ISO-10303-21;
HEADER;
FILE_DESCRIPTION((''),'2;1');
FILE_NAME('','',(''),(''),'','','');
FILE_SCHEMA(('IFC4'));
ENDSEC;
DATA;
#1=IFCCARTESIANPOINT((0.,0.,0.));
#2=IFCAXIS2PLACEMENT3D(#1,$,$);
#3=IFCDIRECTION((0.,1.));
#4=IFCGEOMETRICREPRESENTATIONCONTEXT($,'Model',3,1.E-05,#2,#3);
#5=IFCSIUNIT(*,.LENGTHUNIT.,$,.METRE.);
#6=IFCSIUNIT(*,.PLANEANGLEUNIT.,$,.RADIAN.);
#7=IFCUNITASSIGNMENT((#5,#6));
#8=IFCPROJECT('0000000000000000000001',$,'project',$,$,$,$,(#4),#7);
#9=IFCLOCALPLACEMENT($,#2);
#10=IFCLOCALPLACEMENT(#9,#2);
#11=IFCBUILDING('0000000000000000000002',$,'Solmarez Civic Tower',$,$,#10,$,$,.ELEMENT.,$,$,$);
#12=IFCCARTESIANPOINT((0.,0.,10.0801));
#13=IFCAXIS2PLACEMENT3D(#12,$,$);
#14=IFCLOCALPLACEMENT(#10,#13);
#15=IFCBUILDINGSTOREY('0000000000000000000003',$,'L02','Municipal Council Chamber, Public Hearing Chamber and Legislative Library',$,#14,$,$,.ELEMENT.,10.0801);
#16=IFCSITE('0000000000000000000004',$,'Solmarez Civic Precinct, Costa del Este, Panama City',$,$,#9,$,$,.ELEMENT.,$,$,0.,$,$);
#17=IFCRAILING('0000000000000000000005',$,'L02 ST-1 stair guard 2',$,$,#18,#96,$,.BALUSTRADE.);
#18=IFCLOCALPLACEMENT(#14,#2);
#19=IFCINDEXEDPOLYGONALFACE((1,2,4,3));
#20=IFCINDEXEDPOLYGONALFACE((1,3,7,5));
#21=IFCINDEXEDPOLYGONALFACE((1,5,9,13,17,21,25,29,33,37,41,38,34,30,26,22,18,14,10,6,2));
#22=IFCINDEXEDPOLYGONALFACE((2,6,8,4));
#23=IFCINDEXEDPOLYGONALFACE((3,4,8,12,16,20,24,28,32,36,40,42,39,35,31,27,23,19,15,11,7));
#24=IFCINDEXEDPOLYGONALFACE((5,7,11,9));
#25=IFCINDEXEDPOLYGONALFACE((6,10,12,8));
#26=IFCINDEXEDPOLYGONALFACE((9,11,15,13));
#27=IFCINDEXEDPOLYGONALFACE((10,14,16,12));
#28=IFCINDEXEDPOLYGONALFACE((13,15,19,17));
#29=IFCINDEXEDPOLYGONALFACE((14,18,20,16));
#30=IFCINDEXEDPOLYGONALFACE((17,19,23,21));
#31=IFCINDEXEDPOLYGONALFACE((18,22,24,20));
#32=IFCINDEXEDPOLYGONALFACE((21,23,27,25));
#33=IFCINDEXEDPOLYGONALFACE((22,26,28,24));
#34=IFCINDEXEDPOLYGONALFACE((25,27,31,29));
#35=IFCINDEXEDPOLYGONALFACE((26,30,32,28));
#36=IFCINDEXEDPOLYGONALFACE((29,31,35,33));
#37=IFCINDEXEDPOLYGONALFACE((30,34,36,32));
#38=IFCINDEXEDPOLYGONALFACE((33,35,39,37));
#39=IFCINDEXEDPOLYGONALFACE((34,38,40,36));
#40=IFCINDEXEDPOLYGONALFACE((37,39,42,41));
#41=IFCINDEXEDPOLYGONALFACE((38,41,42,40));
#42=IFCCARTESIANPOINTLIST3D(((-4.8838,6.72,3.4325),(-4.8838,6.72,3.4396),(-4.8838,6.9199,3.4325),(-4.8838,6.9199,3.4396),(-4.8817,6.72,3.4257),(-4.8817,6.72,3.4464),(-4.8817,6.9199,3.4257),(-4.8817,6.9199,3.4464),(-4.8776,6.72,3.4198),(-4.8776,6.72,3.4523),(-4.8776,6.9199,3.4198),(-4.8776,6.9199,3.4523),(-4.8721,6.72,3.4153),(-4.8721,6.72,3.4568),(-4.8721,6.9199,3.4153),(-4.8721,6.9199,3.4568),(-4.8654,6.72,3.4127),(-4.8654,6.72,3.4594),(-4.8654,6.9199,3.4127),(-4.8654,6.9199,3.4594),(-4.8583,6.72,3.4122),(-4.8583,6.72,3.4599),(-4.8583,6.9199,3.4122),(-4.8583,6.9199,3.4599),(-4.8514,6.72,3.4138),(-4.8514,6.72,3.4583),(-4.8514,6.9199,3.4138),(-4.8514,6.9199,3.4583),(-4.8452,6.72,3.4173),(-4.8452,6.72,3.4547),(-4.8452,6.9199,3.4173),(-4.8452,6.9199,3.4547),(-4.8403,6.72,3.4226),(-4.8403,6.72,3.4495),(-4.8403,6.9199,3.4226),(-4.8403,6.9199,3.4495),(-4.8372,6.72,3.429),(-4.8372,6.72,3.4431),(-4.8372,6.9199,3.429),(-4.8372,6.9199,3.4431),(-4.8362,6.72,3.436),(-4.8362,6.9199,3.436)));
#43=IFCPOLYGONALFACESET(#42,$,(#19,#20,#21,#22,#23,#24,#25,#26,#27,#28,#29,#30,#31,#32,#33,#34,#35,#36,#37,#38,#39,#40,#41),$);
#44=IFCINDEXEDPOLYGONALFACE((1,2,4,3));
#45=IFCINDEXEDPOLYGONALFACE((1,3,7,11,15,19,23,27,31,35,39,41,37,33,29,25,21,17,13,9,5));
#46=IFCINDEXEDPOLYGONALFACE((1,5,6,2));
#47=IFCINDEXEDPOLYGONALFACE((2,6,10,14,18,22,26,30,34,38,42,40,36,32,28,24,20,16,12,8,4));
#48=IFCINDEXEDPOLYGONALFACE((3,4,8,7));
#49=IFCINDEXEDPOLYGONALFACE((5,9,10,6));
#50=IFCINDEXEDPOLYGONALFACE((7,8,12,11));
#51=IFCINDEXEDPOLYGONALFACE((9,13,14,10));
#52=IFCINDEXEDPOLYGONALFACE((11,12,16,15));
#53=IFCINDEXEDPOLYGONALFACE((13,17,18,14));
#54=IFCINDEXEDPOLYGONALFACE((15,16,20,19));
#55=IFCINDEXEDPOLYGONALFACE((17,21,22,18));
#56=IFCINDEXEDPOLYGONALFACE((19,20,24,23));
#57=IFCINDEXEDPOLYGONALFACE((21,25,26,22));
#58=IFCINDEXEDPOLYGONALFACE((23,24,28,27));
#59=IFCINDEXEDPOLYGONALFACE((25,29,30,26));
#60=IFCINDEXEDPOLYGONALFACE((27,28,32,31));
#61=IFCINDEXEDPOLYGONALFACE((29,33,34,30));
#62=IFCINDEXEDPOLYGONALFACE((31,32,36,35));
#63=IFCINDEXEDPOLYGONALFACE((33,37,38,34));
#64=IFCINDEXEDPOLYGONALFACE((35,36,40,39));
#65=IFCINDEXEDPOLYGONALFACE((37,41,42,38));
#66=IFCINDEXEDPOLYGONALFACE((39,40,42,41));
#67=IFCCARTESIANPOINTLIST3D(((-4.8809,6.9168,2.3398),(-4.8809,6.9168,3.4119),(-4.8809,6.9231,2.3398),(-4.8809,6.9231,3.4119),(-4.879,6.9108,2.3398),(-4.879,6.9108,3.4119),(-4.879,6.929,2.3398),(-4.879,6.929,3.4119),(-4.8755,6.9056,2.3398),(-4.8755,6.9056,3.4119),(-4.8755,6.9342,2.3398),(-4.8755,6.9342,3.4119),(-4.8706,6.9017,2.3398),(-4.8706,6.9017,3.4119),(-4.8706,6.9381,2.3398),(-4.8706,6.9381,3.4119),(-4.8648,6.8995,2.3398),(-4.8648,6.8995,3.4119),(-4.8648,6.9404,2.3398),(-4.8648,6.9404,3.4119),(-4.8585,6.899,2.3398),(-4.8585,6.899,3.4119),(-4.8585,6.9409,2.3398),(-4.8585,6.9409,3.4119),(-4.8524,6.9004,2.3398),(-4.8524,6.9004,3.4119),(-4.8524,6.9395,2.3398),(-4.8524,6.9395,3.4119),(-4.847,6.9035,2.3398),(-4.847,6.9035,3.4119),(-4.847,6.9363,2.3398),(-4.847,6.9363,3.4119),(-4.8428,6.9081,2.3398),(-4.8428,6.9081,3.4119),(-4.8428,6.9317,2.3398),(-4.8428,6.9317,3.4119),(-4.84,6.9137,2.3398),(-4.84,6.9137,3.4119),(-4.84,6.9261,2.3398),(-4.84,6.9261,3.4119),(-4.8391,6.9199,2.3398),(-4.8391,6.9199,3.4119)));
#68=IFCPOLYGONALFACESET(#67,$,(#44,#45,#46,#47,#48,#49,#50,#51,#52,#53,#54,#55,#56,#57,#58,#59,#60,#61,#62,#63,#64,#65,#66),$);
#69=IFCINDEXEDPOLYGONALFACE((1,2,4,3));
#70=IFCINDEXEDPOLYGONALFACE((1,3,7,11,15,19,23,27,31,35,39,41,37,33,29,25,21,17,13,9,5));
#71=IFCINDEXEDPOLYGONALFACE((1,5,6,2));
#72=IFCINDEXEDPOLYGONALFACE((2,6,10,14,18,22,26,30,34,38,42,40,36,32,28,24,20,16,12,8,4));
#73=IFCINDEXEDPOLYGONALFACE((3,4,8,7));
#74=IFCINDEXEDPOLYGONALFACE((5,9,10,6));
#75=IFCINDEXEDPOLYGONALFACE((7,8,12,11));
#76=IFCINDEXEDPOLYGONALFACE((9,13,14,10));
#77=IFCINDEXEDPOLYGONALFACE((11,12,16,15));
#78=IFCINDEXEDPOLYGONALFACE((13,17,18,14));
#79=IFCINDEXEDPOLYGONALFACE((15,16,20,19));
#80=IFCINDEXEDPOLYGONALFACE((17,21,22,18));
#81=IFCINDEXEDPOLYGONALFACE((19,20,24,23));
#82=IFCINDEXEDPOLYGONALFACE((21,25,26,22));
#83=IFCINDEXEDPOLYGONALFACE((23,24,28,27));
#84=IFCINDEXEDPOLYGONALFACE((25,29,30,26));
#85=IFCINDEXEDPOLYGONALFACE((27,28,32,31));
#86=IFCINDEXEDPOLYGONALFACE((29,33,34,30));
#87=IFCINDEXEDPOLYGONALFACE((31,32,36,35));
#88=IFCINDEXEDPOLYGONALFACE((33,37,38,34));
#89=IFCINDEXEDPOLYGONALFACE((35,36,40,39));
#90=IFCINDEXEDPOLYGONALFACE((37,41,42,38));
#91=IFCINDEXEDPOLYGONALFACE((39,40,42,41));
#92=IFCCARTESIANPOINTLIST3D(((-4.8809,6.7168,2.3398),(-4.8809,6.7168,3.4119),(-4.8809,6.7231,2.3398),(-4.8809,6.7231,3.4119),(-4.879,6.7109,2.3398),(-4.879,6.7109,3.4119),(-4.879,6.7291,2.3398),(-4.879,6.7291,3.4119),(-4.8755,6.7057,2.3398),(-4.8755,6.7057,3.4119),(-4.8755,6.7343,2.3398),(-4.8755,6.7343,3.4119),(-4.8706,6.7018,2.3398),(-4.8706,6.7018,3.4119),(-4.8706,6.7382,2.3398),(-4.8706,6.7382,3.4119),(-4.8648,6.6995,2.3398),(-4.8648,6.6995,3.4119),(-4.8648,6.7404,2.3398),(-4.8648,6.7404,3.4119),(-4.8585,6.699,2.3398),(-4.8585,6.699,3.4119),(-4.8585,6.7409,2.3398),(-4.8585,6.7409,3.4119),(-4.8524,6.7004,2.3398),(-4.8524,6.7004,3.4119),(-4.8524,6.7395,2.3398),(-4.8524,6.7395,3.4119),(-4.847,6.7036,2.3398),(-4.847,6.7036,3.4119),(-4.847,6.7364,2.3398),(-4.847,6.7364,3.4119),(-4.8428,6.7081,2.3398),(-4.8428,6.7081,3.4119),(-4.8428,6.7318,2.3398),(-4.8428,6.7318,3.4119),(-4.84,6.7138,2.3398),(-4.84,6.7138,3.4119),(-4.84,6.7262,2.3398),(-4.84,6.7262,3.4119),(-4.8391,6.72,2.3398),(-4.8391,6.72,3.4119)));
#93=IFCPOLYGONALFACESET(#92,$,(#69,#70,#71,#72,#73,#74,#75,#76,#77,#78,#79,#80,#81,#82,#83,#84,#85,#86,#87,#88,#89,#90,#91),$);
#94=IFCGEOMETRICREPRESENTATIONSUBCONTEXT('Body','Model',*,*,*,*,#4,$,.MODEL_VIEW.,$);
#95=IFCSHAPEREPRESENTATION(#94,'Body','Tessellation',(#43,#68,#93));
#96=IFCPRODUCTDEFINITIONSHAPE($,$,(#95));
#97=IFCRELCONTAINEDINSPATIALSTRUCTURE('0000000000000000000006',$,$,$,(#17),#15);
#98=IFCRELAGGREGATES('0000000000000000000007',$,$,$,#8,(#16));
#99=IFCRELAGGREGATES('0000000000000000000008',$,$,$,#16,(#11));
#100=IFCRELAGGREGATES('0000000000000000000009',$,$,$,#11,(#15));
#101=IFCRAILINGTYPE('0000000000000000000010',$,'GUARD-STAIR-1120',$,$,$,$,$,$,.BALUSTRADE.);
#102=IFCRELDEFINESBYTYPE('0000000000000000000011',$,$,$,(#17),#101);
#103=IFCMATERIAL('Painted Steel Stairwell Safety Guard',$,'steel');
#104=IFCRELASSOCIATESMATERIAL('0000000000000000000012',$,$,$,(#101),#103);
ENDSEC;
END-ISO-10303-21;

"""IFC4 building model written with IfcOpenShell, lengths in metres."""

from ifc_helpers import new_model, si_unit, direction, frame, origin, origin_2d, place, context, subcontext, project, spatial, circle, extrude, material, type_object, element, save


model = new_model("IFC4")

# Units and contexts
model_context = context("Model", 3, precision=1e-05, world=origin(), true_north=direction((0.0, 1.0)))
body_context = subcontext(model_context, "Body", "Model", "MODEL_VIEW")
ifc_project = project(units=[si_unit("LENGTHUNIT", "METRE"), si_unit("PLANEANGLEUNIT", "RADIAN")], contexts=[model_context])

# Site, building, storey
site_placement = place(None, origin())
site = spatial("IfcSite", under=ifc_project, at=site_placement, Name="Solmarez Civic Precinct, Costa del Este, Panama City", CompositionType="ELEMENT", RefElevation=0.0)
building_placement = place(site_placement, origin())
building = spatial("IfcBuilding", under=site, at=building_placement, Name="Solmarez Civic Tower", CompositionType="ELEMENT")
storey_placement = place(building_placement, frame((0.0, 0.0, 10.0801)))
storey = spatial("IfcBuildingStorey", under=building, at=storey_placement, Name="L02", Description="Municipal Council Chamber, Public Hearing Chamber and Legislative Library", CompositionType="ELEMENT", Elevation=10.0801)

# Railing
ifc_material_1 = material(Name="Painted Steel Stairwell Safety Guard", Category="steel")
railing_type_1 = type_object("IfcRailingType", Name="GUARD-STAIR-1120", PredefinedType="BALUSTRADE", material=ifc_material_1)
railing_1_placement = place(storey_placement, frame((-4.8601, 6.9199, 2.3398)))
element("IfcRailing", 1, at=railing_1_placement, inside=storey, type_object=railing_type_1, Name="L02 ST-1 stair guard 2", PredefinedType="BALUSTRADE", context=body_context, shape_type="SweptSolid", body=[
    extrude(circle(Radius=0.0239, at=origin_2d()), frame((0.0, 0.0, 1.0962), z_axis=(0.0, -1.0, 0.0), x_axis=(1.0, 0.0, 0.0)), (0.0, 0.0, 1.0), 0.2),
    extrude(circle(Radius=0.021, at=origin_2d()), origin(), (0.0, 0.0, 1.0), 1.072),
    extrude(circle(Radius=0.021, at=origin_2d()), frame((0.0, -0.2, 0.0)), (0.0, 0.0, 1.0), 1.072),
])

save(model, "model.ifc")
